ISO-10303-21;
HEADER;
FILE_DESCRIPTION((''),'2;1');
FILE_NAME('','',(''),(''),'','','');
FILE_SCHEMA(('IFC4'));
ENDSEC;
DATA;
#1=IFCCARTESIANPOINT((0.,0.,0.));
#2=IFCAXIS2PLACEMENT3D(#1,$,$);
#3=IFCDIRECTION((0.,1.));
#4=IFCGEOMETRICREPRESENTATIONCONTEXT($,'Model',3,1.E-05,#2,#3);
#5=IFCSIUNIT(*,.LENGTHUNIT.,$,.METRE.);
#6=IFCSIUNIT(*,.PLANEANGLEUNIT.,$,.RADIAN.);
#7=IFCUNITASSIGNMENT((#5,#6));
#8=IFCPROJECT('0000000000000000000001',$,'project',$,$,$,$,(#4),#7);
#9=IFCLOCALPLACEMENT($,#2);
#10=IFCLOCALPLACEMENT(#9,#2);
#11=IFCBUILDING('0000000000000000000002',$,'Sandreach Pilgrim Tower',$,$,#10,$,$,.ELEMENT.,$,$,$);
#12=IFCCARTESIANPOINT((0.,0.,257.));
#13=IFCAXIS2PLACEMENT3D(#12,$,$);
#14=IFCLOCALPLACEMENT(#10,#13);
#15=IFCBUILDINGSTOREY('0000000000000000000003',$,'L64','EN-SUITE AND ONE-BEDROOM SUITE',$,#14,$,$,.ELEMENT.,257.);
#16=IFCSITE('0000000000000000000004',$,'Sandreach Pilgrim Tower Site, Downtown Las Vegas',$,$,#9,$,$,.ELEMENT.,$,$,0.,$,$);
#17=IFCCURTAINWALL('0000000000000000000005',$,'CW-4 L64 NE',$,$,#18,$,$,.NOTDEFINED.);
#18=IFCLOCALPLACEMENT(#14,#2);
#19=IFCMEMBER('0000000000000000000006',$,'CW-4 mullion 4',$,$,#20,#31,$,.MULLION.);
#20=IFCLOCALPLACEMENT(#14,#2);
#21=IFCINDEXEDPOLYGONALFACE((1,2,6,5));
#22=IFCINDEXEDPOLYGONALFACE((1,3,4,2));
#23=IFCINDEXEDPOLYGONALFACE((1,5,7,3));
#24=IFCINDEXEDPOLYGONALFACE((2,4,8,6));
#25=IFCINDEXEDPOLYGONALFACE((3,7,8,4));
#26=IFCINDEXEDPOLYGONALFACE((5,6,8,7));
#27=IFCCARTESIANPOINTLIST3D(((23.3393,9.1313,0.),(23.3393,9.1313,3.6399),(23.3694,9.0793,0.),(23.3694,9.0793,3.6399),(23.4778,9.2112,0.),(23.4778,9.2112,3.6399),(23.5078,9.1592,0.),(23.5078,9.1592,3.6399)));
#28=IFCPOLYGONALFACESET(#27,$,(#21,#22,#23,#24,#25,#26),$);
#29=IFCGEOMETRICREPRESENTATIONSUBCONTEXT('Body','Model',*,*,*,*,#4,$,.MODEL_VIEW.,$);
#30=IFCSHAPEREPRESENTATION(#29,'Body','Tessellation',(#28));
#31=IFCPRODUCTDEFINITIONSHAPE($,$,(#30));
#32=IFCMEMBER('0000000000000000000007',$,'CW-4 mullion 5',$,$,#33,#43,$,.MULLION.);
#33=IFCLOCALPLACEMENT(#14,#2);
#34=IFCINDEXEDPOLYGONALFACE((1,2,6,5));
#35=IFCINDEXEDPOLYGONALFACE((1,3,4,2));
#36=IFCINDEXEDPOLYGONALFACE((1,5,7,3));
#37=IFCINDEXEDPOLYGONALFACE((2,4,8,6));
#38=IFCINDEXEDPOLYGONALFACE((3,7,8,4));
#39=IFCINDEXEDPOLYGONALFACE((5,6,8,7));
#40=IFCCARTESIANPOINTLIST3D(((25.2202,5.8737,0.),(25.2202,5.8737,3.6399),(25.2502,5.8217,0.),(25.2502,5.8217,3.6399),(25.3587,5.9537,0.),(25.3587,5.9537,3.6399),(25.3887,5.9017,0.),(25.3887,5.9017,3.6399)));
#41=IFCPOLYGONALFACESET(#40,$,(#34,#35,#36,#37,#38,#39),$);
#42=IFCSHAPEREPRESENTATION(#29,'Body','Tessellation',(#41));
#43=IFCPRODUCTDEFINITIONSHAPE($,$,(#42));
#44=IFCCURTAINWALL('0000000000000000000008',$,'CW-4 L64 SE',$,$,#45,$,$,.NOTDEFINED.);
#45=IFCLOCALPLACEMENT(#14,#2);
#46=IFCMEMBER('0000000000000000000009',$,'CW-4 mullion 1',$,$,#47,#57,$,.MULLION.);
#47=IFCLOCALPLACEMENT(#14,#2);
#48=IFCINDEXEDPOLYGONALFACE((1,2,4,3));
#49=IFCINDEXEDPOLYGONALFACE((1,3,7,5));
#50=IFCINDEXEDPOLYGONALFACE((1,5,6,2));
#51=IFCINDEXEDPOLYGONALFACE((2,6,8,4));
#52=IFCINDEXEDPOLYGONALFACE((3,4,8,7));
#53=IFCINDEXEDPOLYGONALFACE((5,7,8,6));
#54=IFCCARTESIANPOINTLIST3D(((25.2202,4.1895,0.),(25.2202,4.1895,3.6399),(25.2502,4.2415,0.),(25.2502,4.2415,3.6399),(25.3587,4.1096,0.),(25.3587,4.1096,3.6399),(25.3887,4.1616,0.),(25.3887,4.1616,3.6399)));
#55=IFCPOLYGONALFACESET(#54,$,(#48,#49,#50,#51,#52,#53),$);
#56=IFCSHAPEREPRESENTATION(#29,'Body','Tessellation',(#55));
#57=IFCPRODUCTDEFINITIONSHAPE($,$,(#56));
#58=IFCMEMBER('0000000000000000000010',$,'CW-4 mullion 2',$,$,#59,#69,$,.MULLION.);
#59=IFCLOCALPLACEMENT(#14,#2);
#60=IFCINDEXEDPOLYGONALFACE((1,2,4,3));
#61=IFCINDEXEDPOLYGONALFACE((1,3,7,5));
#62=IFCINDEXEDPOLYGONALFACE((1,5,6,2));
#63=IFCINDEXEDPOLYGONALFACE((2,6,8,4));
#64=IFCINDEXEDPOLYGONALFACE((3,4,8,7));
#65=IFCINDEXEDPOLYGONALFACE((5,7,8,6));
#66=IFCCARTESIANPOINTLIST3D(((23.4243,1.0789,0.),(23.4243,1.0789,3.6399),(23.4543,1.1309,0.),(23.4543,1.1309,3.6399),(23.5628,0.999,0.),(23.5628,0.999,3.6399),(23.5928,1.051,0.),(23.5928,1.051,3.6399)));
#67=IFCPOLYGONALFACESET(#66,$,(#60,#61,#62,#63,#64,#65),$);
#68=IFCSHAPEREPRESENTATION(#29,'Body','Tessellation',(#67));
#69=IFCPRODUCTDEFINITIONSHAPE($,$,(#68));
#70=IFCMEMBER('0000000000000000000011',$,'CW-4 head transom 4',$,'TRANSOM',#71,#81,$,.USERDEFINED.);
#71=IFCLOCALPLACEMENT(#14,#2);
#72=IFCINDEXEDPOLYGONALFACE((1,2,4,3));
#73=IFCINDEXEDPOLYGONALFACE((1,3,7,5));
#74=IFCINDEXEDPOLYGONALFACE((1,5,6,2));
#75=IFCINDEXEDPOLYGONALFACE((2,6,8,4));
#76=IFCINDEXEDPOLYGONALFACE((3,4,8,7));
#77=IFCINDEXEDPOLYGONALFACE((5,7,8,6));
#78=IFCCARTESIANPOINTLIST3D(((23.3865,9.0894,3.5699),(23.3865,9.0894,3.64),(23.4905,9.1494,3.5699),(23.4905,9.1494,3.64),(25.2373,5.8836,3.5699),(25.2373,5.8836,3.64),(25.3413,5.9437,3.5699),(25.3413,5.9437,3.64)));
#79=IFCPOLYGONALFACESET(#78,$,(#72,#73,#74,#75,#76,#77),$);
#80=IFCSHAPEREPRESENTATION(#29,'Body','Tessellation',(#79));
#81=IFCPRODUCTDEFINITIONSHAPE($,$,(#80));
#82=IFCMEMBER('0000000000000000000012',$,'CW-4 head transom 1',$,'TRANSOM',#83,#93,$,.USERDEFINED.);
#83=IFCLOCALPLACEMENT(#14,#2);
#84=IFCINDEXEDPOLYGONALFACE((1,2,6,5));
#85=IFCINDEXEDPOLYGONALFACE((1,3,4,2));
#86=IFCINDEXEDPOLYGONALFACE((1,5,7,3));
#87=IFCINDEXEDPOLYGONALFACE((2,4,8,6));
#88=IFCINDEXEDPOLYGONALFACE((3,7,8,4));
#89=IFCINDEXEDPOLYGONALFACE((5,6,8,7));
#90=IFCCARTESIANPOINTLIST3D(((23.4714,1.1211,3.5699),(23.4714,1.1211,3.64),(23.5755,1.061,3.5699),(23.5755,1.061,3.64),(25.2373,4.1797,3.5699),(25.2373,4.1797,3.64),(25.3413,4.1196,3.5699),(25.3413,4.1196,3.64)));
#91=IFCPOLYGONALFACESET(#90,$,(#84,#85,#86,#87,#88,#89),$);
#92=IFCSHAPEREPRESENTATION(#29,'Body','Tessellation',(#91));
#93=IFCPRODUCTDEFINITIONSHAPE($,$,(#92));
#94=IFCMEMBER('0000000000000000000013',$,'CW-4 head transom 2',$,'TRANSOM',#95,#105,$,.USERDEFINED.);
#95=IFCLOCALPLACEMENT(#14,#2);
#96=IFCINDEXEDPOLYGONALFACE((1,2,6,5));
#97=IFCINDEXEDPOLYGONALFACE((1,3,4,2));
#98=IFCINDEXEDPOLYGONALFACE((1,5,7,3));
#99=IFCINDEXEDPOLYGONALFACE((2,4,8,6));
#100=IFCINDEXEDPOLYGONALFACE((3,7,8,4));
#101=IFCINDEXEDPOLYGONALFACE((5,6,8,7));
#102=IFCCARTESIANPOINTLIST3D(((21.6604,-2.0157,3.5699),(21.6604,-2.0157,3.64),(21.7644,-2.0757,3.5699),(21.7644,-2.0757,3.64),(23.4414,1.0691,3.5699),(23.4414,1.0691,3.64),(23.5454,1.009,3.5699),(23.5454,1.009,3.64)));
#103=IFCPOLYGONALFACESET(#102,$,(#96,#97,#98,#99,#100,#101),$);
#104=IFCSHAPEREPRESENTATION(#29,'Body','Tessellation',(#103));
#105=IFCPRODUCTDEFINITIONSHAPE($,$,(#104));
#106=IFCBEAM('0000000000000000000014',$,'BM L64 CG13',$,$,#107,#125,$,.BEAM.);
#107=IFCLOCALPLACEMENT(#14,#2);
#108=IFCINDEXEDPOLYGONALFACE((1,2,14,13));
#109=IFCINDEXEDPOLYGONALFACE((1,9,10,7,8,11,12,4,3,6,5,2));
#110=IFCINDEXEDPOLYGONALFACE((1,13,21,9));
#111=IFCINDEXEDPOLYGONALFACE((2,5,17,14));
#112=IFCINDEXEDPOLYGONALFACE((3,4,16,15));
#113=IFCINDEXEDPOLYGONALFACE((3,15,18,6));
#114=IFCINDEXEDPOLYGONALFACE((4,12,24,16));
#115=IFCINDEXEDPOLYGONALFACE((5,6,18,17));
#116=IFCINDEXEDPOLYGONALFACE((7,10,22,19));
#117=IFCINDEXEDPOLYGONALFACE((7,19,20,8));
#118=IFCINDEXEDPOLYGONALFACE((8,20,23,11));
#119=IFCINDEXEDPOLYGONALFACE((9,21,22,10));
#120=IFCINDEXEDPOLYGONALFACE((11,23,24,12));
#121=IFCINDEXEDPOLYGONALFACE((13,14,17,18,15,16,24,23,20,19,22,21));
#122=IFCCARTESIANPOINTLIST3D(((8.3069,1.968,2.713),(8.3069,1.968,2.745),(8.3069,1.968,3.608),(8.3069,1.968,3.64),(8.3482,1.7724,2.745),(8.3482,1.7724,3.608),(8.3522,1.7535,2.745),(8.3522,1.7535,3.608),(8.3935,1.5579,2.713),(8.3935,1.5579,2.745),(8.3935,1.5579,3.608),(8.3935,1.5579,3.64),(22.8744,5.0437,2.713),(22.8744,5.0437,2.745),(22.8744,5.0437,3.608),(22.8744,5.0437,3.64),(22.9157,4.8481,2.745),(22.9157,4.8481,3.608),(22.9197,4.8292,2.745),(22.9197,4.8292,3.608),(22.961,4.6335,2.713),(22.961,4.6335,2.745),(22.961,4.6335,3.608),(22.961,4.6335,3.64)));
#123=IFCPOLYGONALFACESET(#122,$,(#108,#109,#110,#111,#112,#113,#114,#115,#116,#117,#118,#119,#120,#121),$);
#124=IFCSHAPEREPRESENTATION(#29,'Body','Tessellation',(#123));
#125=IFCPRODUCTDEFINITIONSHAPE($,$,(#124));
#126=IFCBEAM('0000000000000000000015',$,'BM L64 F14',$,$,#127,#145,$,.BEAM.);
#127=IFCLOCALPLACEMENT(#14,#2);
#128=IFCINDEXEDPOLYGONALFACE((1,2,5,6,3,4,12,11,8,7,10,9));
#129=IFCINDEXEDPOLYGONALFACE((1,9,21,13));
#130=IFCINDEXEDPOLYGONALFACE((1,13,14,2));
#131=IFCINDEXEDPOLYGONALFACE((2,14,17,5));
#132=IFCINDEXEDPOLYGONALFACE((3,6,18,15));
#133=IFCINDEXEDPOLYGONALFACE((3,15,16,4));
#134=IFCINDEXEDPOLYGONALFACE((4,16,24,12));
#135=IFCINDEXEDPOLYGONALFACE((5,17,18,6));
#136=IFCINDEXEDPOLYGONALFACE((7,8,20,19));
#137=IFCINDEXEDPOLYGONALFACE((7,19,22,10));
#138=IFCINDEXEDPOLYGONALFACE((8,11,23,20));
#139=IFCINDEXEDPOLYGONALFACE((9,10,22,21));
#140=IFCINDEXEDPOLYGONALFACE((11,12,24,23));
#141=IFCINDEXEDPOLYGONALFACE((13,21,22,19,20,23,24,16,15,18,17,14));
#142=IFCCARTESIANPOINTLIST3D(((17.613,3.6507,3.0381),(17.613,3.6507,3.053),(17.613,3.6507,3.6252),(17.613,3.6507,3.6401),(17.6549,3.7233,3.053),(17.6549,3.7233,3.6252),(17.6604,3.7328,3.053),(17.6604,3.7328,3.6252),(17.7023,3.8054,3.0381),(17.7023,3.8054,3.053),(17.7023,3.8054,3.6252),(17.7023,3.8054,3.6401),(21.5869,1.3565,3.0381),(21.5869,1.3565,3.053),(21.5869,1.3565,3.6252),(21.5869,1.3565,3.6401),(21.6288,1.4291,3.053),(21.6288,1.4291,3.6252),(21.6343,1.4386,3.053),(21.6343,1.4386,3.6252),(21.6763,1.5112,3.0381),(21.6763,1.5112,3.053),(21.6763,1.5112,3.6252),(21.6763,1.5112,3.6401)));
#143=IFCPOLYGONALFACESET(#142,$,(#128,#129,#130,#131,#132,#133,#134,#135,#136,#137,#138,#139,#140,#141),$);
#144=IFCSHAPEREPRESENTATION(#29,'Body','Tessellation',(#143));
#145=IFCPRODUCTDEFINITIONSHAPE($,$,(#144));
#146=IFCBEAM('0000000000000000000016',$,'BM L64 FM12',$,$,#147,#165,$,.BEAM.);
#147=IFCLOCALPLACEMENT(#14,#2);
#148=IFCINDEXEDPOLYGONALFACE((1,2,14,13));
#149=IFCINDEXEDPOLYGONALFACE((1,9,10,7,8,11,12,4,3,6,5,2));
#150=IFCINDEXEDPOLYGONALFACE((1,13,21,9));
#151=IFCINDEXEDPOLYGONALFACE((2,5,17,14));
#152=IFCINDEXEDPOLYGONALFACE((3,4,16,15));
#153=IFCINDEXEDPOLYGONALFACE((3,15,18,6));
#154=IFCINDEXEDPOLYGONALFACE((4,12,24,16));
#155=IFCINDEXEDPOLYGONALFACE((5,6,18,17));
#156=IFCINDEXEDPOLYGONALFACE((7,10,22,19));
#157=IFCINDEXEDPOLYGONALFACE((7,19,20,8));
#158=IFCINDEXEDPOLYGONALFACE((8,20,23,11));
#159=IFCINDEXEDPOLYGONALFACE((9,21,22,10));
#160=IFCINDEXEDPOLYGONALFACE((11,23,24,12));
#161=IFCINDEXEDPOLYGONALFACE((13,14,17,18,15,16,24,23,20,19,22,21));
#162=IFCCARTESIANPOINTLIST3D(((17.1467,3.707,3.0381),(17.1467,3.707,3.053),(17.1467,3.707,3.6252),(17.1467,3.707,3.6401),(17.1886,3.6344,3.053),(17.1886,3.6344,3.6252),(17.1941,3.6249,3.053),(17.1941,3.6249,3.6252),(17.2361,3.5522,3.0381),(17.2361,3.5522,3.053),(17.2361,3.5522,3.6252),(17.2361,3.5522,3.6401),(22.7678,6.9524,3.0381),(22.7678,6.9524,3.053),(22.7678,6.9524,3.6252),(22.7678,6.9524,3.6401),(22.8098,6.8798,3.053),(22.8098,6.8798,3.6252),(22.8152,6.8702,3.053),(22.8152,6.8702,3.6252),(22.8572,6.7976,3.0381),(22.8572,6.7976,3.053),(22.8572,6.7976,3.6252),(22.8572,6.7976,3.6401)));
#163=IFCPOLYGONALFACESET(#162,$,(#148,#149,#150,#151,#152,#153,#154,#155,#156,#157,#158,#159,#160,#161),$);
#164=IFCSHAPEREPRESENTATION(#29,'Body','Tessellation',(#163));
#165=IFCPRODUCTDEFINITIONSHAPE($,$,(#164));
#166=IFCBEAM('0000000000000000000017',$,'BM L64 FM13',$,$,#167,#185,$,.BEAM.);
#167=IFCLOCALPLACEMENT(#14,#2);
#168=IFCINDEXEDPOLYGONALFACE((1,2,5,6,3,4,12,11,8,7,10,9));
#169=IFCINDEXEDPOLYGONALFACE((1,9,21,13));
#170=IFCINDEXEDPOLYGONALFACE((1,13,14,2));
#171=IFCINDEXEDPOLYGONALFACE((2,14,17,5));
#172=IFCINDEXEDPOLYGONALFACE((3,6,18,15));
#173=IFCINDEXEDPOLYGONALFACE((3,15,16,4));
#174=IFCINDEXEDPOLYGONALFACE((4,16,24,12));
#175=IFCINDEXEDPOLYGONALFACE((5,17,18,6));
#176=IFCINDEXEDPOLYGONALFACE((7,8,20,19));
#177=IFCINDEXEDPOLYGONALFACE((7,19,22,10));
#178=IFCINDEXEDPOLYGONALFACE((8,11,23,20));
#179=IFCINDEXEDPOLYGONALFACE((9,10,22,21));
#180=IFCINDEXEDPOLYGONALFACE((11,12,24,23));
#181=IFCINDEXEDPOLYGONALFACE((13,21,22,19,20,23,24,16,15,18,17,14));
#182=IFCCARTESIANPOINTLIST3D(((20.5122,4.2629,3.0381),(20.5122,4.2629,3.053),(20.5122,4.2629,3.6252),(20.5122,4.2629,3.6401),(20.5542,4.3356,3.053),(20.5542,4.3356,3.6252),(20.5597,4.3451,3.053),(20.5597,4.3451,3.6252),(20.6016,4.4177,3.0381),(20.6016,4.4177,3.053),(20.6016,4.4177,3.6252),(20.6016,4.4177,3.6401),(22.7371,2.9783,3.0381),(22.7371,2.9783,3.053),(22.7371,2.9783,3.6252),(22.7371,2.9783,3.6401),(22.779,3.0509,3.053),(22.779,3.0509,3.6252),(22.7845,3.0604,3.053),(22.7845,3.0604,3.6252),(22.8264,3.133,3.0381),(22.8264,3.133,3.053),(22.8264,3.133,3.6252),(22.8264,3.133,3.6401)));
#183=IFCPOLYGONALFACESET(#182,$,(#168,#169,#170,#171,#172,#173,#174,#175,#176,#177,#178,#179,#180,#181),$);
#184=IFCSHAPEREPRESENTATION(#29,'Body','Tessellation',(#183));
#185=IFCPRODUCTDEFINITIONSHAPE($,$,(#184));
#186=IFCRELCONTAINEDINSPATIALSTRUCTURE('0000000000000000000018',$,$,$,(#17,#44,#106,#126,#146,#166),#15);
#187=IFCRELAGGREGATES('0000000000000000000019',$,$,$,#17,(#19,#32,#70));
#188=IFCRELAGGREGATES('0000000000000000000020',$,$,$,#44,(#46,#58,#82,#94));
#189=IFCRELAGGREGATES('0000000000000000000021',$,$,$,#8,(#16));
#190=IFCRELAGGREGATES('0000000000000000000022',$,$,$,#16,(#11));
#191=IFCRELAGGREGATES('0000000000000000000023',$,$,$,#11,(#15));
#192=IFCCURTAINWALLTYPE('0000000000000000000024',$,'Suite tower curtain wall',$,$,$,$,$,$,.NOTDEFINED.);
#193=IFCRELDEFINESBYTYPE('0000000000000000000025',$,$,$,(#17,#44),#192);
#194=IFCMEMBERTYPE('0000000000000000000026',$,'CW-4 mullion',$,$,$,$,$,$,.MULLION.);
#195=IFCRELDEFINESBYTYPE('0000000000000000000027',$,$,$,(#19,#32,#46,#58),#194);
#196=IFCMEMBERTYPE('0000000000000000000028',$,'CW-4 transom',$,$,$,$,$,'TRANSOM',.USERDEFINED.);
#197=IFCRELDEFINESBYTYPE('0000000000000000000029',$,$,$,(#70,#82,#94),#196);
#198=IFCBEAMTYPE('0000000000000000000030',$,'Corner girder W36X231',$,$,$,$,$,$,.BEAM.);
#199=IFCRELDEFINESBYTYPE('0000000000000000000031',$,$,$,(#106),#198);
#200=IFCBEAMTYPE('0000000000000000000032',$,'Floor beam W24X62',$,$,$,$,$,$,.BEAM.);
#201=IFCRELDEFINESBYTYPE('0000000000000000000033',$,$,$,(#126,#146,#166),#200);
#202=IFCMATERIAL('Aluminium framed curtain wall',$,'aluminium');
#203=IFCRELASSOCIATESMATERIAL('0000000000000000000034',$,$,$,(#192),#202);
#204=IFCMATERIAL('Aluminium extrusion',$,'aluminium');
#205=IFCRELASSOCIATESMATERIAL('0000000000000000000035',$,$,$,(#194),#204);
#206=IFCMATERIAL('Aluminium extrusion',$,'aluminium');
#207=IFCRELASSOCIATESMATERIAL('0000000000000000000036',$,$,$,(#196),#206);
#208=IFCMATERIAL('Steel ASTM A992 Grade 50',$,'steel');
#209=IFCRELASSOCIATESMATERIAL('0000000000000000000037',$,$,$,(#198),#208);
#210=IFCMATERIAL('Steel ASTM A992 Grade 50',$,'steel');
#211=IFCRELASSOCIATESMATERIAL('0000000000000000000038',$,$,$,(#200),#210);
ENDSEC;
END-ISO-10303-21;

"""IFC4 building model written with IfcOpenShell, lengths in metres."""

from ifc_helpers import new_model, si_unit, direction, frame, origin, origin_2d, place, context, subcontext, project, spatial, rectangle, i_section, extrude, material, material_profile, profile_set, type_object, element, aggregate, save


model = new_model("IFC4")

# Units and contexts
model_context = context("Model", 3, precision=1e-05, world=origin(), true_north=direction((0.0, 1.0)))
body_context = subcontext(model_context, "Body", "Model", "MODEL_VIEW")
ifc_project = project(units=[si_unit("LENGTHUNIT", "METRE"), si_unit("PLANEANGLEUNIT", "RADIAN")], contexts=[model_context])

# Site, building, storey
site_placement = place(None, origin())
site = spatial("IfcSite", under=ifc_project, at=site_placement, Name="Sandreach Pilgrim Tower Site, Downtown Las Vegas", CompositionType="ELEMENT", RefElevation=0.0)
building_placement = place(site_placement, origin())
building = spatial("IfcBuilding", under=site, at=building_placement, Name="Sandreach Pilgrim Tower", CompositionType="ELEMENT")
storey_placement = place(building_placement, frame((0.0, 0.0, 257.0)))
storey = spatial("IfcBuildingStorey", under=building, at=storey_placement, Name="L64", Description="EN-SUITE AND ONE-BEDROOM SUITE", CompositionType="ELEMENT", Elevation=257.0)

# Curtain walls, members
ifc_material_1 = material(Name="Aluminium framed curtain wall", Category="aluminium")
curtain_wall_type = type_object("IfcCurtainWallType", Name="Suite tower curtain wall", PredefinedType="NOTDEFINED", material=ifc_material_1)
curtain_wall_1_placement = place(storey_placement, origin())
curtain_wall_1 = element("IfcCurtainWall", 1, at=curtain_wall_1_placement, inside=storey, type_object=curtain_wall_type, Name="CW-4 L64 NE", PredefinedType="NOTDEFINED")
ifc_material_2 = material(Name="Aluminium extrusion", Category="aluminium")
ifc_material_profile_1 = material_profile(ifc_material_2, rectangle(XDim=0.0601, YDim=0.1599, at=origin_2d()), Name="CW-4M 60X160")
ifc_profile_set_1 = profile_set([ifc_material_profile_1], Name="Aluminium extrusion")
member_type_1 = type_object("IfcMemberType", Name="CW-4 mullion", PredefinedType="MULLION", material=ifc_profile_set_1)
member_1_placement = place(storey_placement, frame((23.4236, 9.1453, 0.0), z_axis=(0.0, 0.0, 1.0), x_axis=(0.5, -0.866025, 0.0)))
member_1 = element("IfcMember", 2, at=member_1_placement, type_object=member_type_1, Name="CW-4 mullion 4", PredefinedType="MULLION", context=body_context, shape_type="SweptSolid", body=[
    extrude(rectangle(XDim=0.0601, YDim=0.1599, at=origin_2d()), origin(), (0.0, 0.0, 1.0), 3.6399),
])
member_2_placement = place(storey_placement, frame((25.3044, 5.8877, 0.0), z_axis=(0.0, 0.0, 1.0), x_axis=(0.5, -0.866025, 0.0)))
member_2 = element("IfcMember", 3, at=member_2_placement, type_object=member_type_1, Name="CW-4 mullion 5", PredefinedType="MULLION", context=body_context, shape_type="SweptSolid", body=[
    extrude(rectangle(XDim=0.0601, YDim=0.1599, at=origin_2d()), origin(), (0.0, 0.0, 1.0), 3.6399),
])
curtain_wall_2_placement = place(storey_placement, origin())
curtain_wall_2 = element("IfcCurtainWall", 4, at=curtain_wall_2_placement, inside=storey, type_object=curtain_wall_type, Name="CW-4 L64 SE", PredefinedType="NOTDEFINED")
member_3_placement = place(storey_placement, frame((25.3044, 4.1755, 0.0), z_axis=(0.0, 0.0, 1.0), x_axis=(-0.5, -0.866025, 0.0)))
member_3 = element("IfcMember", 5, at=member_3_placement, type_object=member_type_1, Name="CW-4 mullion 1", PredefinedType="MULLION", context=body_context, shape_type="SweptSolid", body=[
    extrude(rectangle(XDim=0.0601, YDim=0.1599, at=origin_2d()), origin(), (0.0, 0.0, 1.0), 3.6399),
])
member_4_placement = place(storey_placement, frame((23.5085, 1.0649, 0.0), z_axis=(0.0, 0.0, 1.0), x_axis=(-0.5, -0.866025, 0.0)))
member_4 = element("IfcMember", 6, at=member_4_placement, type_object=member_type_1, Name="CW-4 mullion 2", PredefinedType="MULLION", context=body_context, shape_type="SweptSolid", body=[
    extrude(rectangle(XDim=0.0601, YDim=0.1599, at=origin_2d()), origin(), (0.0, 0.0, 1.0), 3.6399),
])

# Members
ifc_material_3 = material(Name="Aluminium extrusion", Category="aluminium")
ifc_material_profile_2 = material_profile(ifc_material_3, rectangle(XDim=0.1201, YDim=0.0701, at=origin_2d()), Name="CW-4T 120X70")
ifc_profile_set_2 = profile_set([ifc_material_profile_2], Name="Aluminium extrusion")
member_type_2 = type_object("IfcMemberType", Name="CW-4 transom", ElementType="TRANSOM", PredefinedType="USERDEFINED", material=ifc_profile_set_2)
member_5_placement = place(storey_placement, frame((23.4385, 9.1194, 3.605), z_axis=(0.499991, -0.866031, 0.0), x_axis=(0.866031, 0.499991, 0.0)))
member_5 = element("IfcMember", 7, at=member_5_placement, type_object=member_type_2, Name="CW-4 head transom 4", ObjectType="TRANSOM", PredefinedType="USERDEFINED", context=body_context, shape_type="SweptSolid", body=[
    extrude(rectangle(XDim=0.1201, YDim=0.0701, at=origin_2d()), origin(), (0.0, 0.0, 1.0), 3.7017),
])
member_6_placement = place(storey_placement, frame((25.2893, 4.1497, 3.605), z_axis=(-0.499998, -0.866027, 0.0), x_axis=(0.866027, -0.499998, 0.0)))
member_6 = element("IfcMember", 8, at=member_6_placement, type_object=member_type_2, Name="CW-4 head transom 1", ObjectType="TRANSOM", PredefinedType="USERDEFINED", context=body_context, shape_type="SweptSolid", body=[
    extrude(rectangle(XDim=0.1201, YDim=0.0701, at=origin_2d()), origin(), (0.0, 0.0, 1.0), 3.5317),
])
member_7_placement = place(storey_placement, frame((23.4934, 1.0391, 3.605), z_axis=(-0.500009, -0.86602, 0.0), x_axis=(0.86602, -0.500009, 0.0)))
member_7 = element("IfcMember", 9, at=member_7_placement, type_object=member_type_2, Name="CW-4 head transom 2", ObjectType="TRANSOM", PredefinedType="USERDEFINED", context=body_context, shape_type="SweptSolid", body=[
    extrude(rectangle(XDim=0.1201, YDim=0.0701, at=origin_2d()), origin(), (0.0, 0.0, 1.0), 3.562),
])

# Beams
ifc_material_4 = material(Name="Steel ASTM A992 Grade 50", Category="steel")
ifc_material_profile_3 = material_profile(ifc_material_4, i_section(OverallWidth=0.4192, OverallDepth=0.927, WebThickness=0.0193, FlangeThickness=0.032, at=origin_2d()), Name="W36X231")
ifc_profile_set_3 = profile_set([ifc_material_profile_3], Name="Steel ASTM A992 Grade 50")
beam_type_1 = type_object("IfcBeamType", Name="Corner girder W36X231", PredefinedType="BEAM", material=ifc_profile_set_3)
beam_1_placement = place(storey_placement, frame((22.9177, 4.8386, 3.1765), z_axis=(-0.97843, -0.206577, 0.0), x_axis=(0.206577, -0.97843, 0.0)))
element("IfcBeam", 10, at=beam_1_placement, inside=storey, type_object=beam_type_1, Name="BM L64 CG13", PredefinedType="BEAM", context=body_context, shape_type="SweptSolid", body=[
    extrude(i_section(OverallWidth=0.4192, OverallDepth=0.927, WebThickness=0.0193, FlangeThickness=0.032, at=origin_2d()), origin(), (0.0, 0.0, 1.0), 14.8887),
])
ifc_material_5 = material(Name="Steel ASTM A992 Grade 50", Category="steel")
ifc_material_profile_4 = material_profile(ifc_material_5, i_section(OverallWidth=0.1787, OverallDepth=0.6021, WebThickness=0.011, FlangeThickness=0.0149, at=origin_2d()), Name="W24X62")
ifc_profile_set_4 = profile_set([ifc_material_profile_4], Name="Steel ASTM A992 Grade 50")
beam_type_2 = type_object("IfcBeamType", Name="Floor beam W24X62", PredefinedType="BEAM", material=ifc_profile_set_4)
beam_2_placement = place(storey_placement, frame((21.6316, 1.4338, 3.3391), z_axis=(-0.866038, 0.499979, 0.0), x_axis=(-0.499979, -0.866038, 0.0)))
element("IfcBeam", 11, at=beam_2_placement, inside=storey, type_object=beam_type_2, Name="BM L64 F14", PredefinedType="BEAM", context=body_context, shape_type="SweptSolid", body=[
    extrude(i_section(OverallWidth=0.1787, OverallDepth=0.6021, WebThickness=0.011, FlangeThickness=0.0149, at=origin_2d()), origin(), (0.0, 0.0, 1.0), 4.5886),
])
beam_3_placement = place(storey_placement, frame((22.8125, 6.875, 3.3391), z_axis=(-0.866024, -0.500002, 0.0), x_axis=(0.500002, -0.866024, 0.0)))
element("IfcBeam", 12, at=beam_3_placement, inside=storey, type_object=beam_type_2, Name="BM L64 FM12", PredefinedType="BEAM", context=body_context, shape_type="SweptSolid", body=[
    extrude(i_section(OverallWidth=0.1787, OverallDepth=0.6021, WebThickness=0.011, FlangeThickness=0.0149, at=origin_2d()), origin(), (0.0, 0.0, 1.0), 6.4907),
])
beam_4_placement = place(storey_placement, frame((22.7817, 3.0557, 3.3391), z_axis=(-0.866, 0.500043, 0.0), x_axis=(-0.500043, -0.866, 0.0)))
element("IfcBeam", 13, at=beam_4_placement, inside=storey, type_object=beam_type_2, Name="BM L64 FM13", PredefinedType="BEAM", context=body_context, shape_type="SweptSolid", body=[
    extrude(i_section(OverallWidth=0.1787, OverallDepth=0.6021, WebThickness=0.011, FlangeThickness=0.0149, at=origin_2d()), origin(), (0.0, 0.0, 1.0), 2.5691),
])

aggregate(curtain_wall_1, [member_1, member_2, member_5])
aggregate(curtain_wall_2, [member_3, member_4, member_6, member_7])

save(model, "model.ifc")
